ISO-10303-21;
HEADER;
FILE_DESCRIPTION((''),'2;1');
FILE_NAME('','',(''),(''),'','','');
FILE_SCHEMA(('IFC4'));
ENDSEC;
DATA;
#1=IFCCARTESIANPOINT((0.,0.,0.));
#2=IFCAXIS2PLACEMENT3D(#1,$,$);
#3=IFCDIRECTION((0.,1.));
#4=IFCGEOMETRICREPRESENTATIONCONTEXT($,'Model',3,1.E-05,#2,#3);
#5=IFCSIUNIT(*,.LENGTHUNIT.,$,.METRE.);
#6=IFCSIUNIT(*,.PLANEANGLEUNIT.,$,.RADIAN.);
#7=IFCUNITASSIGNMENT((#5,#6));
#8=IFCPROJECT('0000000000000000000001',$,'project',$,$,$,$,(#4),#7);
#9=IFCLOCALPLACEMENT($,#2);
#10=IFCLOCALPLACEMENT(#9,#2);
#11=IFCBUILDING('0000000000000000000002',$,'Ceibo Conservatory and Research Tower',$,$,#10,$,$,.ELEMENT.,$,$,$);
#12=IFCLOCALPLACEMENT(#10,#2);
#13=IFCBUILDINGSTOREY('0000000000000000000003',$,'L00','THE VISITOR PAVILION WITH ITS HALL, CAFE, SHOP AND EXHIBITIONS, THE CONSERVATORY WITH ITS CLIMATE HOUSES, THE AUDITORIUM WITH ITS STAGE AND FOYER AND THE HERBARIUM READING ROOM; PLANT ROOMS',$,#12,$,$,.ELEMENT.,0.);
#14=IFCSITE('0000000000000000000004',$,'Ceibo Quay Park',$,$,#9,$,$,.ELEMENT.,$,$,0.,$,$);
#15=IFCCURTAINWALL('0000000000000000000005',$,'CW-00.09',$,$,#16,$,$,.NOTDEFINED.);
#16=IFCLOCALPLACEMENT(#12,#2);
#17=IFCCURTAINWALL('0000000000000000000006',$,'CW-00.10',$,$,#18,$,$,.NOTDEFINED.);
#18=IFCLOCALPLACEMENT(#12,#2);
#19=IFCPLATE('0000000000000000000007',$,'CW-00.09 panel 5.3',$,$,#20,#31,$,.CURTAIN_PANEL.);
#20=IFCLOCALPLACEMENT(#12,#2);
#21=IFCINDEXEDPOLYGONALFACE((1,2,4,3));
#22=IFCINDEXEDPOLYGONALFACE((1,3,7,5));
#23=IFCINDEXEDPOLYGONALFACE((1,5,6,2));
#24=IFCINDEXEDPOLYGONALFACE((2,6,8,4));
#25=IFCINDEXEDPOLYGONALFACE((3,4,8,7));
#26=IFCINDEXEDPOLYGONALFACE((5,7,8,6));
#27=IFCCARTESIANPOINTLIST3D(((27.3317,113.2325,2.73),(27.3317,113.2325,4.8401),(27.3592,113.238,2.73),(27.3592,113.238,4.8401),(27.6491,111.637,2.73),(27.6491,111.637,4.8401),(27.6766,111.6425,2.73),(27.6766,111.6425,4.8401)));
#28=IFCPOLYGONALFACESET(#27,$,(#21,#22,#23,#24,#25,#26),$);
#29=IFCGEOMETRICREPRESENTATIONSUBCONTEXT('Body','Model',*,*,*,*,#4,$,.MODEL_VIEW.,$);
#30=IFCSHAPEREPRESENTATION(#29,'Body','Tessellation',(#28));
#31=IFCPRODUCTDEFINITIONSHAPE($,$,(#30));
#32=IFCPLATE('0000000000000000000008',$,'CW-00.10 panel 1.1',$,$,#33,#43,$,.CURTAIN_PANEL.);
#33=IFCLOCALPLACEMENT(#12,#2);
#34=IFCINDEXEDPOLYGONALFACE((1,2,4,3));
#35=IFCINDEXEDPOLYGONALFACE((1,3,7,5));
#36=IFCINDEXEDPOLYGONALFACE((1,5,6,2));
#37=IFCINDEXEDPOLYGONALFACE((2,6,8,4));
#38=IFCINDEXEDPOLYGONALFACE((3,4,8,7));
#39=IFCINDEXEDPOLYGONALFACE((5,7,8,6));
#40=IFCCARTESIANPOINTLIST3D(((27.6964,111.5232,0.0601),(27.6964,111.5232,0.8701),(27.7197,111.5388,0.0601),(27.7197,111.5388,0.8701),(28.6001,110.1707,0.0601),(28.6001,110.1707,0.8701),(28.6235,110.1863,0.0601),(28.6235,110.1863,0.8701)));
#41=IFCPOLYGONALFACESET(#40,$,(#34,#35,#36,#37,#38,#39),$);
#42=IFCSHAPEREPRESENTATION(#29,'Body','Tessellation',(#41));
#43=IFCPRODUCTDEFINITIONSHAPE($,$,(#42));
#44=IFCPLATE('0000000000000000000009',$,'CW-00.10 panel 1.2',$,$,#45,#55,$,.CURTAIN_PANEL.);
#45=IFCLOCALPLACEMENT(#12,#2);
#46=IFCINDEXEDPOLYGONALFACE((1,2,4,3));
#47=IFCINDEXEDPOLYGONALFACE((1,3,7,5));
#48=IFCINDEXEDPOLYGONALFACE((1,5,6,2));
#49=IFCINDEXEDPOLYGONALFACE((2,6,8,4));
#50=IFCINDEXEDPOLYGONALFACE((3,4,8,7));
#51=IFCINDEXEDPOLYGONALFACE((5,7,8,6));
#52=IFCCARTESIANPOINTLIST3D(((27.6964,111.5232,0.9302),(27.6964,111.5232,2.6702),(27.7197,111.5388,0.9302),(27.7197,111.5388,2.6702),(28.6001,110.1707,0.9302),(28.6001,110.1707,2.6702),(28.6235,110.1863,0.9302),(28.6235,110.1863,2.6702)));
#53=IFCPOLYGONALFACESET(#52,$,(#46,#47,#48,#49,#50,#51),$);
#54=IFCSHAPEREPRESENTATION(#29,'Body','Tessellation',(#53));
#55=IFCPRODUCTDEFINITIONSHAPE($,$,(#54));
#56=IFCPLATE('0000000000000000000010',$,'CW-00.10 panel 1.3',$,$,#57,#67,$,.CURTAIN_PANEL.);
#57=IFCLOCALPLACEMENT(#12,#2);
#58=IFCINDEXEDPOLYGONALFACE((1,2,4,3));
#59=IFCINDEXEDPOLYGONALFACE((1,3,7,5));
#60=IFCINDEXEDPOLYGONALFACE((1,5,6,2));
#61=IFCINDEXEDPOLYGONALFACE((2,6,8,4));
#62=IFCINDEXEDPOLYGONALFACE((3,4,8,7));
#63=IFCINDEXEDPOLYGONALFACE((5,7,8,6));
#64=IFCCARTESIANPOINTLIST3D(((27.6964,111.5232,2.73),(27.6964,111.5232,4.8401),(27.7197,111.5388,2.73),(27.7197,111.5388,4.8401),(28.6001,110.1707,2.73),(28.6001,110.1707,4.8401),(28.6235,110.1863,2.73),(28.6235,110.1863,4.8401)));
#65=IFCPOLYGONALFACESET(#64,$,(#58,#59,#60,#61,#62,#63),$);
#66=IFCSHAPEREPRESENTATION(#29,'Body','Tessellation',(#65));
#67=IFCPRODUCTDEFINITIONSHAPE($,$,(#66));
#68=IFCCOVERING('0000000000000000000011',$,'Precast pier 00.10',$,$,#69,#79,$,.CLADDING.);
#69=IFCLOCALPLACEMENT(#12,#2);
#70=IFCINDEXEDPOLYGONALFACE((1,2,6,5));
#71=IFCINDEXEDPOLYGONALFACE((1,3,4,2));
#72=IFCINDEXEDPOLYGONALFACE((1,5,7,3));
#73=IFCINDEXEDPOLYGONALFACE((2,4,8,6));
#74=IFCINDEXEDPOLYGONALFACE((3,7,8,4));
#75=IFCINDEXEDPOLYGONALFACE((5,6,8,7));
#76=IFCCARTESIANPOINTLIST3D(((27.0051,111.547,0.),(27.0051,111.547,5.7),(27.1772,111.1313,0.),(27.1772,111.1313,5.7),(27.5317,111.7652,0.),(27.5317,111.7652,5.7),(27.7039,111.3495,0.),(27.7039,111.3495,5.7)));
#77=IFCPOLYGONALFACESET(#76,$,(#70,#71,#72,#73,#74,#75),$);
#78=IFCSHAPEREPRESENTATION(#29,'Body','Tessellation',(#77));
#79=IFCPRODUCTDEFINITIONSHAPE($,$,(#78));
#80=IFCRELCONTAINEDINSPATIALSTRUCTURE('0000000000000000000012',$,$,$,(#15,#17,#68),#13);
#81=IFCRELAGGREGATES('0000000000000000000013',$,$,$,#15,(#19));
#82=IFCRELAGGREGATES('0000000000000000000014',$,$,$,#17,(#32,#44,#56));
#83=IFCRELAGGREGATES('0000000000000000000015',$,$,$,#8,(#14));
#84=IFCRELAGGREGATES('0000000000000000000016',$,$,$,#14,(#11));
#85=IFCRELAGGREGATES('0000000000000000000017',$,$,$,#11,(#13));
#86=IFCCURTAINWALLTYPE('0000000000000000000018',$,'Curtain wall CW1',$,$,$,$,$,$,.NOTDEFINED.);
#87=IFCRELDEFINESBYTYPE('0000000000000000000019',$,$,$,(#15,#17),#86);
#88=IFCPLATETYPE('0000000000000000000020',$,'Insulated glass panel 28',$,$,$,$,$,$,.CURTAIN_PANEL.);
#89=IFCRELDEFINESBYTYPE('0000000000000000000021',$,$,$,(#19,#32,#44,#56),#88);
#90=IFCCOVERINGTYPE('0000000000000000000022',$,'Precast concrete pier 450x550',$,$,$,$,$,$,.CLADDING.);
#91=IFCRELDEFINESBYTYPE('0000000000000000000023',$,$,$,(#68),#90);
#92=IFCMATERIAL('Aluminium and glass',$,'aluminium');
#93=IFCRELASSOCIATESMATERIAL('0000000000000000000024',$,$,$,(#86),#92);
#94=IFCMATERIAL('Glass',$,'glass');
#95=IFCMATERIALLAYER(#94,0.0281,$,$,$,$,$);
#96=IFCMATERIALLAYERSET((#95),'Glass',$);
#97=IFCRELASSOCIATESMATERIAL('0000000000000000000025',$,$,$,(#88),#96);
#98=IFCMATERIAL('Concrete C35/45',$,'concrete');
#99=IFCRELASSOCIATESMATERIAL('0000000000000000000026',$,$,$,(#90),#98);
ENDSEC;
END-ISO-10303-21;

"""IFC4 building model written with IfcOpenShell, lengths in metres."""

from ifc_helpers import new_model, si_unit, direction, frame, origin, origin_2d, place, context, subcontext, project, spatial, rectangle, extrude, material, layer, layer_set, type_object, element, aggregate, save


model = new_model("IFC4")

# Units and contexts
model_context = context("Model", 3, precision=1e-05, world=origin(), true_north=direction((0.0, 1.0)))
body_context = subcontext(model_context, "Body", "Model", "MODEL_VIEW")
ifc_project = project(units=[si_unit("LENGTHUNIT", "METRE"), si_unit("PLANEANGLEUNIT", "RADIAN")], contexts=[model_context])

# Site, building, storey
site_placement = place(None, origin())
site = spatial("IfcSite", under=ifc_project, at=site_placement, Name="Ceibo Quay Park", CompositionType="ELEMENT", RefElevation=0.0)
building_placement = place(site_placement, origin())
building = spatial("IfcBuilding", under=site, at=building_placement, Name="Ceibo Conservatory and Research Tower", CompositionType="ELEMENT")
storey_placement = place(building_placement, origin())
storey = spatial("IfcBuildingStorey", under=building, at=storey_placement, Name="L00", Description="THE VISITOR PAVILION WITH ITS HALL, CAFE, SHOP AND EXHIBITIONS, THE CONSERVATORY WITH ITS CLIMATE HOUSES, THE AUDITORIUM WITH ITS STAGE AND FOYER AND THE HERBARIUM READING ROOM; PLANT ROOMS", CompositionType="ELEMENT", Elevation=0.0)

# Curtain walls
ifc_material_1 = material(Name="Aluminium and glass", Category="aluminium")
curtain_wall_type = type_object("IfcCurtainWallType", Name="Curtain wall CW1", PredefinedType="NOTDEFINED", material=ifc_material_1)
curtain_wall_1_placement = place(storey_placement, origin())
curtain_wall_1 = element("IfcCurtainWall", 1, at=curtain_wall_1_placement, inside=storey, type_object=curtain_wall_type, Name="CW-00.09", PredefinedType="NOTDEFINED")
curtain_wall_2_placement = place(storey_placement, origin())
curtain_wall_2 = element("IfcCurtainWall", 2, at=curtain_wall_2_placement, inside=storey, type_object=curtain_wall_type, Name="CW-00.10", PredefinedType="NOTDEFINED")

# Shared definitions
ifc_material_2 = material(Name="Concrete C35/45", Category="concrete")

# Plates
ifc_material_3 = material(Name="Glass", Category="glass")
ifc_layer = layer(ifc_material_3, 0.0281)
ifc_layer_set = layer_set([ifc_layer], Name="Glass")
plate_type = type_object("IfcPlateType", Name="Insulated glass panel 28", PredefinedType="CURTAIN_PANEL", material=ifc_layer_set)
plate_1_placement = place(storey_placement, frame((27.5042, 112.4375, 2.73), z_axis=(0.0, 0.0, 1.0), x_axis=(0.19509, -0.980785, 0.0)))
plate_1 = element("IfcPlate", 3, at=plate_1_placement, type_object=plate_type, Name="CW-00.09 panel 5.3", PredefinedType="CURTAIN_PANEL", context=body_context, shape_type="SweptSolid", body=[
    extrude(rectangle(XDim=1.6267, YDim=0.0281, at=origin_2d()), origin(), (0.0, 0.0, 1.0), 2.1101),
])
aggregate(curtain_wall_1, [plate_1])
plate_2_placement = place(storey_placement, frame((28.1599, 110.8547, 0.0601), z_axis=(0.0, 0.0, 1.0), x_axis=(0.55557, -0.83147, 0.0)))
plate_2 = element("IfcPlate", 4, at=plate_2_placement, type_object=plate_type, Name="CW-00.10 panel 1.1", PredefinedType="CURTAIN_PANEL", context=body_context, shape_type="SweptSolid", body=[
    extrude(rectangle(XDim=1.6267, YDim=0.0281, at=origin_2d()), origin(), (0.0, 0.0, 1.0), 0.8101),
])
plate_3_placement = place(storey_placement, frame((28.1599, 110.8547, 0.9302), z_axis=(0.0, 0.0, 1.0), x_axis=(0.55557, -0.83147, 0.0)))
plate_3 = element("IfcPlate", 5, at=plate_3_placement, type_object=plate_type, Name="CW-00.10 panel 1.2", PredefinedType="CURTAIN_PANEL", context=body_context, shape_type="SweptSolid", body=[
    extrude(rectangle(XDim=1.6267, YDim=0.0281, at=origin_2d()), origin(), (0.0, 0.0, 1.0), 1.74),
])
plate_4_placement = place(storey_placement, frame((28.1599, 110.8547, 2.73), z_axis=(0.0, 0.0, 1.0), x_axis=(0.55557, -0.83147, 0.0)))
plate_4 = element("IfcPlate", 6, at=plate_4_placement, type_object=plate_type, Name="CW-00.10 panel 1.3", PredefinedType="CURTAIN_PANEL", context=body_context, shape_type="SweptSolid", body=[
    extrude(rectangle(XDim=1.6267, YDim=0.0281, at=origin_2d()), origin(), (0.0, 0.0, 1.0), 2.1101),
])
aggregate(curtain_wall_2, [plate_2, plate_3, plate_4])

# Covering
covering_type = type_object("IfcCoveringType", Name="Precast concrete pier 450x550", PredefinedType="CLADDING", material=ifc_material_2)
covering_placement = place(storey_placement, frame((27.3545, 111.4482, 0.0), z_axis=(0.0, 0.0, 1.0), x_axis=(-0.92388, -0.382683, 0.0)))
element("IfcCovering", 7, at=covering_placement, inside=storey, type_object=covering_type, Name="Precast pier 00.10", PredefinedType="CLADDING", context=body_context, shape_type="SweptSolid", body=[
    extrude(rectangle(XDim=0.5701, YDim=0.45, at=origin_2d()), origin(), (0.0, 0.0, 1.0), 5.7),
])

save(model, "model.ifc")
